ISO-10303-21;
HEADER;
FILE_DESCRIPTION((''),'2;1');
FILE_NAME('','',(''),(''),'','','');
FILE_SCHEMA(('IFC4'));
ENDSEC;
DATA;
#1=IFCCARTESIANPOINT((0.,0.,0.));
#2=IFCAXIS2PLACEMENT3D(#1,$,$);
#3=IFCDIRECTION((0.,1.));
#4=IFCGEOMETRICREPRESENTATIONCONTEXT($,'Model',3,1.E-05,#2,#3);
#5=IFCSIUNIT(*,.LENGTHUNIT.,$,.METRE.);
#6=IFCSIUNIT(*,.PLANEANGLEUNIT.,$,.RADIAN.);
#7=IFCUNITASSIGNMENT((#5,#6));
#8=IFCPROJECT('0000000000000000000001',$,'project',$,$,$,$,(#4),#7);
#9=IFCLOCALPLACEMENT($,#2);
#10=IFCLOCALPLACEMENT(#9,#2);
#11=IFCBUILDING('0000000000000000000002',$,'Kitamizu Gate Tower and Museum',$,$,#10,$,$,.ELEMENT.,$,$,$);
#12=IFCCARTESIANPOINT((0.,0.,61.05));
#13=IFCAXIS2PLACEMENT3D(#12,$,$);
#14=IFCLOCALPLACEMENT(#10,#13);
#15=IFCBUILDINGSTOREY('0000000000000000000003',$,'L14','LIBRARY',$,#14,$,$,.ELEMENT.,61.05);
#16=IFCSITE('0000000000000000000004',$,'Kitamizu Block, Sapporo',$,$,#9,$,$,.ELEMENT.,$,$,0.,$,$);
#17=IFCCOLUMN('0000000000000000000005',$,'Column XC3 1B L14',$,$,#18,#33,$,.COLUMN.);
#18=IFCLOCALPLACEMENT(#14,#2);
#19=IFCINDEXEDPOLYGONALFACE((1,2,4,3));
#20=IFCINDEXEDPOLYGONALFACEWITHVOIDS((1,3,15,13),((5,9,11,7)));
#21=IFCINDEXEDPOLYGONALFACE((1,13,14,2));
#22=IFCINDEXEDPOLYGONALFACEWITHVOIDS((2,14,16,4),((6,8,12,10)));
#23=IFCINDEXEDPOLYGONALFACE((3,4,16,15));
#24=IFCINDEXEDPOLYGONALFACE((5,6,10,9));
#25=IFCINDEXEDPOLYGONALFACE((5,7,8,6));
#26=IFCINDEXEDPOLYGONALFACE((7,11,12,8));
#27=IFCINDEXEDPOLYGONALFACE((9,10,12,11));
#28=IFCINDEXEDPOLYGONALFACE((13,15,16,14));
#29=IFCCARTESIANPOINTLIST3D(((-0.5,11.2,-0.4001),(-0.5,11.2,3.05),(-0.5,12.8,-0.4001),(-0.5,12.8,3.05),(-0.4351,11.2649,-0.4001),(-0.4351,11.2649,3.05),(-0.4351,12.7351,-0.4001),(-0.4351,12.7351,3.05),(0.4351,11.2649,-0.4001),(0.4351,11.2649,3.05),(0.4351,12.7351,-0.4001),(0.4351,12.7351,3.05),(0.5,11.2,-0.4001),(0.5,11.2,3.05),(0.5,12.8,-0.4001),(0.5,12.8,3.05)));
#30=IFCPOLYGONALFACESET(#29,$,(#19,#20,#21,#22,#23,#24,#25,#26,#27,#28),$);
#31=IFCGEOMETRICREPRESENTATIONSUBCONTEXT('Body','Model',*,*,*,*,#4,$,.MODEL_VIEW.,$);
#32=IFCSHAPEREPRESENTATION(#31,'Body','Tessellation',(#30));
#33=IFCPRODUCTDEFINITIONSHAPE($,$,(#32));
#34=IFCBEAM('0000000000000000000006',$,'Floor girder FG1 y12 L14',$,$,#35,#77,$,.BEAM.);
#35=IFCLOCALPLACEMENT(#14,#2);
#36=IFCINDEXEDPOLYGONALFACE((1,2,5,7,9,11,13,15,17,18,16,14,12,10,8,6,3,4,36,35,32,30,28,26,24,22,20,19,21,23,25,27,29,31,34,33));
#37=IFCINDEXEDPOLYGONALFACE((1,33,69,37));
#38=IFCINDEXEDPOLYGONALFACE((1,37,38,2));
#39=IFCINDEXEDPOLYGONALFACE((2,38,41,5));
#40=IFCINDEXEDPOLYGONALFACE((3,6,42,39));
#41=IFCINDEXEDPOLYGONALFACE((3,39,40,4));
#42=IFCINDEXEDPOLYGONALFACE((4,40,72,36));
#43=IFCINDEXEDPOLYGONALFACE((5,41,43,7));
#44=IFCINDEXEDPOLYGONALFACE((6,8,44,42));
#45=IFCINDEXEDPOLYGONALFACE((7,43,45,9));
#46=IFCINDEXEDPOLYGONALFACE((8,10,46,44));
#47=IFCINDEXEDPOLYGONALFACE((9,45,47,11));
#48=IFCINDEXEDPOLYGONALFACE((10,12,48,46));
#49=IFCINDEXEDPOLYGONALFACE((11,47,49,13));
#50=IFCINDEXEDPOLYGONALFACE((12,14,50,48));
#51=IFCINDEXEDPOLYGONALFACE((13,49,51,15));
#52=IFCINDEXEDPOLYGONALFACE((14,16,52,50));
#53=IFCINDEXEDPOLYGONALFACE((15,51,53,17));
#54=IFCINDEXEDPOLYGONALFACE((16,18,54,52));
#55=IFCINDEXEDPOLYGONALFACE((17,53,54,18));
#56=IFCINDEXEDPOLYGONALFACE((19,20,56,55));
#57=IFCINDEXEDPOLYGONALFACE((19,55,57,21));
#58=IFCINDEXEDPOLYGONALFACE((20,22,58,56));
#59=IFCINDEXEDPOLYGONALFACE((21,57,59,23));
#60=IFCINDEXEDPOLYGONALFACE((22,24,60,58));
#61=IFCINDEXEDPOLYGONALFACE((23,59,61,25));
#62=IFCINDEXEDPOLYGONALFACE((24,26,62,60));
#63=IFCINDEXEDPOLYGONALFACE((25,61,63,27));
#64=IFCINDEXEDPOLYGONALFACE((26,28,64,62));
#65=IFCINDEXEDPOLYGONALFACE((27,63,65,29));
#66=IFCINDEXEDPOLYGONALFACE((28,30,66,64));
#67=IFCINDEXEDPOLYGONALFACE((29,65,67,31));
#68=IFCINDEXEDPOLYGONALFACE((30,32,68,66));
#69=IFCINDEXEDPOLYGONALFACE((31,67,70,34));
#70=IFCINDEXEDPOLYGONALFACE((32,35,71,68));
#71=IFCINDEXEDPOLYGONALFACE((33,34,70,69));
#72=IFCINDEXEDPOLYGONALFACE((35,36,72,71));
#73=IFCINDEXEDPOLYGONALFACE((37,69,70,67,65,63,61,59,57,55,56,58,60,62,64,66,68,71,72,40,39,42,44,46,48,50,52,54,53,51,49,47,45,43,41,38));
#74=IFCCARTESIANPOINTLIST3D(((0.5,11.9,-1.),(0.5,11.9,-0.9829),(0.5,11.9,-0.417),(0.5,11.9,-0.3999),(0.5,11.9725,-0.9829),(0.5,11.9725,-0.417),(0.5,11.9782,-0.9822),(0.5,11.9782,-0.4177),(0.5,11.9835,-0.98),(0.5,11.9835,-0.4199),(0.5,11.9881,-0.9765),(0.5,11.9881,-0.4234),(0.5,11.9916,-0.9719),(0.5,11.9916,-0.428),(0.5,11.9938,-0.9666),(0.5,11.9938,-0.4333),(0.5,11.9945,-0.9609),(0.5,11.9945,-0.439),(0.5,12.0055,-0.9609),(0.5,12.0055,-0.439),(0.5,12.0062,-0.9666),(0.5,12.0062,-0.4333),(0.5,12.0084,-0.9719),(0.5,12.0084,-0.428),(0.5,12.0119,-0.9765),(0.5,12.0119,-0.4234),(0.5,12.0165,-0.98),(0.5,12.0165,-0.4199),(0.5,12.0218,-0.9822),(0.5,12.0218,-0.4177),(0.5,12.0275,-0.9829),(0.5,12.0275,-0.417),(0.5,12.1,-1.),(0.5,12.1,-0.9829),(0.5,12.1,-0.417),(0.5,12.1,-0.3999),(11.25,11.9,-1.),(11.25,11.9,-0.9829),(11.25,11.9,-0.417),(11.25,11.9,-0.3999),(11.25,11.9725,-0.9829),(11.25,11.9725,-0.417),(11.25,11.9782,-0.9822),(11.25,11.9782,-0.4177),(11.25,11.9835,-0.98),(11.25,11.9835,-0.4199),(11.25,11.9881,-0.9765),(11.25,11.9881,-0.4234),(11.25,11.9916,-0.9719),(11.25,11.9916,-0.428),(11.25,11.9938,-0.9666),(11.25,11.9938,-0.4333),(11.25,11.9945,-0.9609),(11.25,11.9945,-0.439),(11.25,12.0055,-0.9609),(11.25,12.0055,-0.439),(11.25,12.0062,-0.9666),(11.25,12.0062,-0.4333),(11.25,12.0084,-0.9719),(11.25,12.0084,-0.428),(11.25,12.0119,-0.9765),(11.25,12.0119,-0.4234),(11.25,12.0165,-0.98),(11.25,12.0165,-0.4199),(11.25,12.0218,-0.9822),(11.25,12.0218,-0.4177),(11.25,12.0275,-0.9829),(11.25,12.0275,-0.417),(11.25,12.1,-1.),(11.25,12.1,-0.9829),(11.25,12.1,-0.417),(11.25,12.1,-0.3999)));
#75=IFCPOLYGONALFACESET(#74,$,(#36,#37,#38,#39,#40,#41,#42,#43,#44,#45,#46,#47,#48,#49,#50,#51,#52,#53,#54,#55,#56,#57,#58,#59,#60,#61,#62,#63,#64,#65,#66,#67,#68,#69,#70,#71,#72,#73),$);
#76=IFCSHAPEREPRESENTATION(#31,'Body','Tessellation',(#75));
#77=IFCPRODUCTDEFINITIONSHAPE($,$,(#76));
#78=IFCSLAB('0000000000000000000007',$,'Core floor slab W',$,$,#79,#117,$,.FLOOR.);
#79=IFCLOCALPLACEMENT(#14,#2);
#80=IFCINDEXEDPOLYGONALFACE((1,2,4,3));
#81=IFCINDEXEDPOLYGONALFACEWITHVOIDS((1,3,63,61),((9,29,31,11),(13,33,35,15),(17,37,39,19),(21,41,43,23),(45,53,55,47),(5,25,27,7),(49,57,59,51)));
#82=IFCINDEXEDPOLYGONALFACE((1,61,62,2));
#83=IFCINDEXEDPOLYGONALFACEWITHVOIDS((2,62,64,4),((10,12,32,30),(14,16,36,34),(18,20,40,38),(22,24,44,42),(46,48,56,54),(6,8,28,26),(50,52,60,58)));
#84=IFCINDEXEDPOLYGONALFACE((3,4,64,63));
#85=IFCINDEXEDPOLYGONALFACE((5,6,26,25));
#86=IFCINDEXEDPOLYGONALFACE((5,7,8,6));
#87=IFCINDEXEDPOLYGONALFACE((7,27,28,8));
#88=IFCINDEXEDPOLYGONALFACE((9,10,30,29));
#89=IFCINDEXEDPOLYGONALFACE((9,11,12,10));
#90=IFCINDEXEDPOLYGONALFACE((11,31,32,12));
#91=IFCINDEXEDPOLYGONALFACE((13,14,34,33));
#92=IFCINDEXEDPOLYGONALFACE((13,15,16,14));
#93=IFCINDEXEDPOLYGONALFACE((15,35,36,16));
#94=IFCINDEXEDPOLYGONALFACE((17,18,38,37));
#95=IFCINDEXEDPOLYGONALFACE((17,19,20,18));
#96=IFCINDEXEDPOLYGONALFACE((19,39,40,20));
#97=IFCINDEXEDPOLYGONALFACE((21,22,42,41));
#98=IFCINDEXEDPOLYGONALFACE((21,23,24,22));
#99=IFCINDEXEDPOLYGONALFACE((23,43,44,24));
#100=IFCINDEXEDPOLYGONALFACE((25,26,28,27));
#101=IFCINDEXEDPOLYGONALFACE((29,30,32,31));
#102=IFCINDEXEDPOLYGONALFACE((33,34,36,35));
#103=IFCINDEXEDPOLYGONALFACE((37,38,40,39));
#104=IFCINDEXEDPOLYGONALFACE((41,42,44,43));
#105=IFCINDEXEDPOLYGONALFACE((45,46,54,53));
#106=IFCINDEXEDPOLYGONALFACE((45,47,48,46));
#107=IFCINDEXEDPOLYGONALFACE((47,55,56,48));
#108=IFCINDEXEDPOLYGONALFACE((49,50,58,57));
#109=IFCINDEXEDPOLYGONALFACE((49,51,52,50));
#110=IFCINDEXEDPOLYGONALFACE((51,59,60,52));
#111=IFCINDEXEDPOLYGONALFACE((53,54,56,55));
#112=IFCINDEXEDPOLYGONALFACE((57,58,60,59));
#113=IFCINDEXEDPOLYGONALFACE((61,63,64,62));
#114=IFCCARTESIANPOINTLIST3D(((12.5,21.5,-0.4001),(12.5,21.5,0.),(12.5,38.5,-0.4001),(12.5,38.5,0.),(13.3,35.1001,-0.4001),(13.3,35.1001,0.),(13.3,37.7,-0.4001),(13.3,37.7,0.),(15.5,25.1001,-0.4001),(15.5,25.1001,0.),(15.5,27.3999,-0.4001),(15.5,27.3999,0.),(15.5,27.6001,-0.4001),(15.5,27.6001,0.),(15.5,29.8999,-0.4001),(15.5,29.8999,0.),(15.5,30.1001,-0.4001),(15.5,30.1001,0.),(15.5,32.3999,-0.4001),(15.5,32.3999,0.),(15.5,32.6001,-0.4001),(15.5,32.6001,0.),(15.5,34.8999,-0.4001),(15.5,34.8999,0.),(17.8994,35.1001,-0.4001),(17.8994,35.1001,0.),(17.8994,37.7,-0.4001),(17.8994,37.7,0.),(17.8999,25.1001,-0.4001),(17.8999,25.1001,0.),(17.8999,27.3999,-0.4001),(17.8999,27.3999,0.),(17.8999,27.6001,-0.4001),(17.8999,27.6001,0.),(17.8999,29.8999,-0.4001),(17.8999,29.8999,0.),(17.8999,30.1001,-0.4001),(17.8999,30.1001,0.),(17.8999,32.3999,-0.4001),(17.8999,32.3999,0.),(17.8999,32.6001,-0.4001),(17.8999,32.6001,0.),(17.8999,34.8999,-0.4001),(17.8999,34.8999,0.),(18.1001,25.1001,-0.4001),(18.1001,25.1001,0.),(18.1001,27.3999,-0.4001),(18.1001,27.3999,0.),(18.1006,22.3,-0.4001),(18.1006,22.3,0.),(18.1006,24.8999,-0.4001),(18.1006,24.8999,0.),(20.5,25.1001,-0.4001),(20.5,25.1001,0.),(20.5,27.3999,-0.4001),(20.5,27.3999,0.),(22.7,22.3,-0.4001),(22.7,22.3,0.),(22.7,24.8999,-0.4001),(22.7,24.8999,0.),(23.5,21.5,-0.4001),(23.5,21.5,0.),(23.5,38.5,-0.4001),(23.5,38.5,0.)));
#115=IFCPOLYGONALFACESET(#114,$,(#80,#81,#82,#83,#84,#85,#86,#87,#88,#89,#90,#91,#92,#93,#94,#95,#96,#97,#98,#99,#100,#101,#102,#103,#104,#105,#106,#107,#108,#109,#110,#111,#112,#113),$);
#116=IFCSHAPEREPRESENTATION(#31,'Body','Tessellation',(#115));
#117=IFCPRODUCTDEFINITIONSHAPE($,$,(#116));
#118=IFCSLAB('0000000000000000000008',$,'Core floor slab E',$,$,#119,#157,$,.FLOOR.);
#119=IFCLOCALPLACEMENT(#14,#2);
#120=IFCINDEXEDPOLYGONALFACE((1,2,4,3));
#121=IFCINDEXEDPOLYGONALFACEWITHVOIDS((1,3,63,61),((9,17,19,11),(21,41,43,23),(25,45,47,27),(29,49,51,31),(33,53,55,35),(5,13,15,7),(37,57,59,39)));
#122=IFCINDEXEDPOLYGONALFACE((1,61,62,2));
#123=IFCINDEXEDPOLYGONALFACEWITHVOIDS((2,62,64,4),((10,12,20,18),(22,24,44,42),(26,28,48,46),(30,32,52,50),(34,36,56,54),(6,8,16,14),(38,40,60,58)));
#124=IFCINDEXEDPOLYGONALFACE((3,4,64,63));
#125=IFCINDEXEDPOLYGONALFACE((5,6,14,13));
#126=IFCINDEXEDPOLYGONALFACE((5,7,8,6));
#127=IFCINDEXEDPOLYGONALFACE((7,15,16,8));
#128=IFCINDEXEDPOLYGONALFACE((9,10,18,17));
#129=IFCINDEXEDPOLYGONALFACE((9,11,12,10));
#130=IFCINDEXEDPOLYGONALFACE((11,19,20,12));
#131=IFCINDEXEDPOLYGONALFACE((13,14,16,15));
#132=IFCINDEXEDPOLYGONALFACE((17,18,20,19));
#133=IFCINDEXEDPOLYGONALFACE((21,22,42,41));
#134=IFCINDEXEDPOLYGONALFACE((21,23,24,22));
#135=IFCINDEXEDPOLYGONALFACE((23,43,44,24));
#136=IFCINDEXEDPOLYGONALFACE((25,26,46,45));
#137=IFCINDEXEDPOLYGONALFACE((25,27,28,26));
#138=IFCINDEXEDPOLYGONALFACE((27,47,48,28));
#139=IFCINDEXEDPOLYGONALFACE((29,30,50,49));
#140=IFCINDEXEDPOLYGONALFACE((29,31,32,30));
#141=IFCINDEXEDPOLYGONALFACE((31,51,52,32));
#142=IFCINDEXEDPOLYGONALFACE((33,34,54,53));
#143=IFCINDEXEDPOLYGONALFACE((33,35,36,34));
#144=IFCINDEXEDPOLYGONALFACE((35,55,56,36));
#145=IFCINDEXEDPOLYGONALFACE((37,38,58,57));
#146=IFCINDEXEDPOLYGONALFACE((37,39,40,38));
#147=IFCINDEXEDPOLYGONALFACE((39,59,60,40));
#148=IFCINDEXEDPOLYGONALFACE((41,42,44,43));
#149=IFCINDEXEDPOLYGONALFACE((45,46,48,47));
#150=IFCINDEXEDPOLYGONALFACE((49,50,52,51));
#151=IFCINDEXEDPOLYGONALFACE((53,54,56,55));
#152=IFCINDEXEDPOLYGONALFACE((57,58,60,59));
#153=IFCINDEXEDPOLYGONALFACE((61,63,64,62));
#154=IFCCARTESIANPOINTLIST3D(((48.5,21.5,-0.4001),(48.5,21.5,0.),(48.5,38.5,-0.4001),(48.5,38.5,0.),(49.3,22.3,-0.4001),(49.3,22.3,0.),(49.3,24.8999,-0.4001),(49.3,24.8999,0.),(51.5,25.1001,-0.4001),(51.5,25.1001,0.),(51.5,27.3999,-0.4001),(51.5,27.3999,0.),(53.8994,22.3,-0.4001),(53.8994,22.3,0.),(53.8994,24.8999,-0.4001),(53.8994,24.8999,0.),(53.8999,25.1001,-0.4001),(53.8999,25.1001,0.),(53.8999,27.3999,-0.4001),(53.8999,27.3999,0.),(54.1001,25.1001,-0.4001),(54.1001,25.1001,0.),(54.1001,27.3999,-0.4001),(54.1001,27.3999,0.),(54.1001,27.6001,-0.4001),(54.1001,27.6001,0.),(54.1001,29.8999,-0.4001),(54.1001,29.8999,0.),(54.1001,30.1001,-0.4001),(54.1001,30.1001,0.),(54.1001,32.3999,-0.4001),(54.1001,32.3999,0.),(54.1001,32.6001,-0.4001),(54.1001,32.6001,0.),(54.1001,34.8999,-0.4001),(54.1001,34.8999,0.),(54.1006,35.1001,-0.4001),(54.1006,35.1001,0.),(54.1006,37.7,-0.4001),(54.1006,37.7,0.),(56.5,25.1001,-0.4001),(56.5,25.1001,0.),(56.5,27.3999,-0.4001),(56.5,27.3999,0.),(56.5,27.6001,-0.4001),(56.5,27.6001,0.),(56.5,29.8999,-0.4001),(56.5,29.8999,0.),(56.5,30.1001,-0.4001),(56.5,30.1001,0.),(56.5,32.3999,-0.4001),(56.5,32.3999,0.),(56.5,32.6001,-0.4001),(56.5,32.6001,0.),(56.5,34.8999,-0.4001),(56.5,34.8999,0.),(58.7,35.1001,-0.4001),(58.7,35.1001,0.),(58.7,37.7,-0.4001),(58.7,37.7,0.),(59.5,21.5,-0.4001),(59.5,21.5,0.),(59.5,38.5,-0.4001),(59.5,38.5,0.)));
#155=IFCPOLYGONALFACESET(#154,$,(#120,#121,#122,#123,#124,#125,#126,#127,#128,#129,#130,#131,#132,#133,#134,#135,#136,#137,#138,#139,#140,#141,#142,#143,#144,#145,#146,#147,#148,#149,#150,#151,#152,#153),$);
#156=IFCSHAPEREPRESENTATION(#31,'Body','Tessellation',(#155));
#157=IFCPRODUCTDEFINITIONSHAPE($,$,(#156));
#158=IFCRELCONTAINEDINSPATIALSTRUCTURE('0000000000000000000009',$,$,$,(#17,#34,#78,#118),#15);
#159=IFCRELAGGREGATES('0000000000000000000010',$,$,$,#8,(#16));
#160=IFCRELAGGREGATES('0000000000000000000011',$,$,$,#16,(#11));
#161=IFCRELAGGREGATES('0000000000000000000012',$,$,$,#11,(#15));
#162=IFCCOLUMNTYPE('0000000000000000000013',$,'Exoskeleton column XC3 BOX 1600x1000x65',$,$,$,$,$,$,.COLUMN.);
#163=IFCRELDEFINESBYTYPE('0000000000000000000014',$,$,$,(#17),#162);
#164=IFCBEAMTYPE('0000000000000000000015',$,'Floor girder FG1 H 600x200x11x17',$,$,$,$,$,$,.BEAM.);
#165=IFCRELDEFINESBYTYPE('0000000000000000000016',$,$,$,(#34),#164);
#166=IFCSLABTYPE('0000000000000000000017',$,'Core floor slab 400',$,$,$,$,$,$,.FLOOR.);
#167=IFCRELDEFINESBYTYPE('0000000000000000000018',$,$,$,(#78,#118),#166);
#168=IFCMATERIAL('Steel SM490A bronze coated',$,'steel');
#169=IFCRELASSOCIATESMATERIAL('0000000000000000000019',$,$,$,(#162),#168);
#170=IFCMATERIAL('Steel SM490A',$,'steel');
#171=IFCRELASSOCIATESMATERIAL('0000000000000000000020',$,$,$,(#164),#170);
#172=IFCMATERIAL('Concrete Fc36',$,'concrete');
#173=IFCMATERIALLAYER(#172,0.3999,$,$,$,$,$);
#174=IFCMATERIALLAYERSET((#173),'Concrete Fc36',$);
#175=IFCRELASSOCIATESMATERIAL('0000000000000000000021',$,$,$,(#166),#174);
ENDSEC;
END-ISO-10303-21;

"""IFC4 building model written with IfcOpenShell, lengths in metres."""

from ifc_helpers import new_model, si_unit, direction, frame, origin, origin_2d, place, context, subcontext, project, spatial, polyline, hollow_rectangle, i_section, outline, extrude, material, layer, layer_set, material_profile, profile_set, type_object, element, save


model = new_model("IFC4")

# Units and contexts
model_context = context("Model", 3, precision=1e-05, world=origin(), true_north=direction((0.0, 1.0)))
body_context = subcontext(model_context, "Body", "Model", "MODEL_VIEW")
ifc_project = project(units=[si_unit("LENGTHUNIT", "METRE"), si_unit("PLANEANGLEUNIT", "RADIAN")], contexts=[model_context])

# Site, building, storey
site_placement = place(None, origin())
site = spatial("IfcSite", under=ifc_project, at=site_placement, Name="Kitamizu Block, Sapporo", CompositionType="ELEMENT", RefElevation=0.0)
building_placement = place(site_placement, origin())
building = spatial("IfcBuilding", under=site, at=building_placement, Name="Kitamizu Gate Tower and Museum", CompositionType="ELEMENT")
storey_placement = place(building_placement, frame((0.0, 0.0, 61.05)))
storey = spatial("IfcBuildingStorey", under=building, at=storey_placement, Name="L14", Description="LIBRARY", CompositionType="ELEMENT", Elevation=61.05)

# Column
ifc_material_1 = material(Name="Steel SM490A bronze coated", Category="steel")
ifc_material_profile_1 = material_profile(ifc_material_1, hollow_rectangle(XDim=1.6001, YDim=1.0, WallThickness=0.0649, at=origin_2d()), Name="BOX 1600x1000x65")
ifc_profile_set_1 = profile_set([ifc_material_profile_1], Name="Steel SM490A bronze coated")
column_type = type_object("IfcColumnType", Name="Exoskeleton column XC3 BOX 1600x1000x65", PredefinedType="COLUMN", material=ifc_profile_set_1)
column_placement = place(storey_placement, frame((0.0, 12.0, -0.4001), z_axis=(0.0, 0.0, 1.0), x_axis=(0.0, 1.0, 0.0)))
element("IfcColumn", 1, at=column_placement, inside=storey, type_object=column_type, Name="Column XC3 1B L14", PredefinedType="COLUMN", context=body_context, shape_type="SweptSolid", body=[
    extrude(hollow_rectangle(XDim=1.6001, YDim=1.0, WallThickness=0.0649, at=origin_2d()), origin(), (0.0, 0.0, 1.0), 3.4502),
])

# Beam
ifc_material_2 = material(Name="Steel SM490A", Category="steel")
ifc_material_profile_2 = material_profile(ifc_material_2, i_section(OverallWidth=0.2, OverallDepth=0.6001, WebThickness=0.011, FlangeThickness=0.0171, FilletRadius=0.022, at=origin_2d()), Name="H-600x200x11x17")
ifc_profile_set_2 = profile_set([ifc_material_profile_2], Name="Steel SM490A")
beam_type = type_object("IfcBeamType", Name="Floor girder FG1 H 600x200x11x17", PredefinedType="BEAM", material=ifc_profile_set_2)
beam_placement = place(storey_placement, frame((0.5, 12.0, -0.7), z_axis=(1.0, 0.0, 0.0), x_axis=(0.0, 1.0, 0.0)))
element("IfcBeam", 2, at=beam_placement, inside=storey, type_object=beam_type, Name="Floor girder FG1 y12 L14", PredefinedType="BEAM", context=body_context, shape_type="SweptSolid", body=[
    extrude(i_section(OverallWidth=0.2, OverallDepth=0.6001, WebThickness=0.011, FlangeThickness=0.0171, FilletRadius=0.022, at=origin_2d()), origin(), (0.0, 0.0, 1.0), 10.75),
])

# Slabs
ifc_material_3 = material(Name="Concrete Fc36", Category="concrete")
ifc_layer_1 = layer(ifc_material_3, 0.3999)
ifc_layer_set_1 = layer_set([ifc_layer_1], Name="Concrete Fc36")
slab_type_1 = type_object("IfcSlabType", Name="Core floor slab 400", PredefinedType="FLOOR", material=ifc_layer_set_1)
slab_1_placement = place(storey_placement, frame((0.0, 0.0, -0.4001)))
element("IfcSlab", 3, at=slab_1_placement, inside=storey, type_object=slab_type_1, Name="Core floor slab W", PredefinedType="FLOOR", context=body_context, shape_type="SweptSolid", body=[
    extrude(outline(polyline([(12.5, 21.5), (23.5, 21.5), (23.5, 38.5), (12.5, 38.5), (12.5, 21.5)]), holes=[polyline([(15.5, 25.1001), (17.8999, 25.1001), (17.8999, 27.3999), (15.5, 27.3999), (15.5, 25.1001)]), polyline([(15.5, 27.6001), (17.8999, 27.6001), (17.8999, 29.8999), (15.5, 29.8999), (15.5, 27.6001)]), polyline([(15.5, 30.1001), (17.8999, 30.1001), (17.8999, 32.3999), (15.5, 32.3999), (15.5, 30.1001)]), polyline([(15.5, 32.6001), (17.8999, 32.6001), (17.8999, 34.8999), (15.5, 34.8999), (15.5, 32.6001)]), polyline([(18.1001, 25.1001), (20.5, 25.1001), (20.5, 27.3999), (18.1001, 27.3999), (18.1001, 25.1001)]), polyline([(18.1006, 22.3), (22.7, 22.3), (22.7, 24.8999), (18.1006, 24.8999), (18.1006, 22.3)]), polyline([(13.3, 35.1001), (17.8994, 35.1001), (17.8994, 37.7), (13.3, 37.7), (13.3, 35.1001)])]), origin(), (0.0, 0.0, 1.0), 0.4001),
])
slab_2_placement = place(storey_placement, frame((0.0, 0.0, -0.4001)))
element("IfcSlab", 4, at=slab_2_placement, inside=storey, type_object=slab_type_1, Name="Core floor slab E", PredefinedType="FLOOR", context=body_context, shape_type="SweptSolid", body=[
    extrude(outline(polyline([(48.5, 21.5), (59.5, 21.5), (59.5, 38.5), (48.5, 38.5), (48.5, 21.5)]), holes=[polyline([(54.1001, 25.1001), (56.5, 25.1001), (56.5, 27.3999), (54.1001, 27.3999), (54.1001, 25.1001)]), polyline([(54.1001, 27.6001), (56.5, 27.6001), (56.5, 29.8999), (54.1001, 29.8999), (54.1001, 27.6001)]), polyline([(54.1001, 30.1001), (56.5, 30.1001), (56.5, 32.3999), (54.1001, 32.3999), (54.1001, 30.1001)]), polyline([(54.1001, 32.6001), (56.5, 32.6001), (56.5, 34.8999), (54.1001, 34.8999), (54.1001, 32.6001)]), polyline([(51.5, 25.1001), (53.8999, 25.1001), (53.8999, 27.3999), (51.5, 27.3999), (51.5, 25.1001)]), polyline([(49.3, 22.3), (53.8994, 22.3), (53.8994, 24.8999), (49.3, 24.8999), (49.3, 22.3)]), polyline([(54.1006, 35.1001), (58.7, 35.1001), (58.7, 37.7), (54.1006, 37.7), (54.1006, 35.1001)])]), origin(), (0.0, 0.0, 1.0), 0.4001),
])

save(model, "model.ifc")
